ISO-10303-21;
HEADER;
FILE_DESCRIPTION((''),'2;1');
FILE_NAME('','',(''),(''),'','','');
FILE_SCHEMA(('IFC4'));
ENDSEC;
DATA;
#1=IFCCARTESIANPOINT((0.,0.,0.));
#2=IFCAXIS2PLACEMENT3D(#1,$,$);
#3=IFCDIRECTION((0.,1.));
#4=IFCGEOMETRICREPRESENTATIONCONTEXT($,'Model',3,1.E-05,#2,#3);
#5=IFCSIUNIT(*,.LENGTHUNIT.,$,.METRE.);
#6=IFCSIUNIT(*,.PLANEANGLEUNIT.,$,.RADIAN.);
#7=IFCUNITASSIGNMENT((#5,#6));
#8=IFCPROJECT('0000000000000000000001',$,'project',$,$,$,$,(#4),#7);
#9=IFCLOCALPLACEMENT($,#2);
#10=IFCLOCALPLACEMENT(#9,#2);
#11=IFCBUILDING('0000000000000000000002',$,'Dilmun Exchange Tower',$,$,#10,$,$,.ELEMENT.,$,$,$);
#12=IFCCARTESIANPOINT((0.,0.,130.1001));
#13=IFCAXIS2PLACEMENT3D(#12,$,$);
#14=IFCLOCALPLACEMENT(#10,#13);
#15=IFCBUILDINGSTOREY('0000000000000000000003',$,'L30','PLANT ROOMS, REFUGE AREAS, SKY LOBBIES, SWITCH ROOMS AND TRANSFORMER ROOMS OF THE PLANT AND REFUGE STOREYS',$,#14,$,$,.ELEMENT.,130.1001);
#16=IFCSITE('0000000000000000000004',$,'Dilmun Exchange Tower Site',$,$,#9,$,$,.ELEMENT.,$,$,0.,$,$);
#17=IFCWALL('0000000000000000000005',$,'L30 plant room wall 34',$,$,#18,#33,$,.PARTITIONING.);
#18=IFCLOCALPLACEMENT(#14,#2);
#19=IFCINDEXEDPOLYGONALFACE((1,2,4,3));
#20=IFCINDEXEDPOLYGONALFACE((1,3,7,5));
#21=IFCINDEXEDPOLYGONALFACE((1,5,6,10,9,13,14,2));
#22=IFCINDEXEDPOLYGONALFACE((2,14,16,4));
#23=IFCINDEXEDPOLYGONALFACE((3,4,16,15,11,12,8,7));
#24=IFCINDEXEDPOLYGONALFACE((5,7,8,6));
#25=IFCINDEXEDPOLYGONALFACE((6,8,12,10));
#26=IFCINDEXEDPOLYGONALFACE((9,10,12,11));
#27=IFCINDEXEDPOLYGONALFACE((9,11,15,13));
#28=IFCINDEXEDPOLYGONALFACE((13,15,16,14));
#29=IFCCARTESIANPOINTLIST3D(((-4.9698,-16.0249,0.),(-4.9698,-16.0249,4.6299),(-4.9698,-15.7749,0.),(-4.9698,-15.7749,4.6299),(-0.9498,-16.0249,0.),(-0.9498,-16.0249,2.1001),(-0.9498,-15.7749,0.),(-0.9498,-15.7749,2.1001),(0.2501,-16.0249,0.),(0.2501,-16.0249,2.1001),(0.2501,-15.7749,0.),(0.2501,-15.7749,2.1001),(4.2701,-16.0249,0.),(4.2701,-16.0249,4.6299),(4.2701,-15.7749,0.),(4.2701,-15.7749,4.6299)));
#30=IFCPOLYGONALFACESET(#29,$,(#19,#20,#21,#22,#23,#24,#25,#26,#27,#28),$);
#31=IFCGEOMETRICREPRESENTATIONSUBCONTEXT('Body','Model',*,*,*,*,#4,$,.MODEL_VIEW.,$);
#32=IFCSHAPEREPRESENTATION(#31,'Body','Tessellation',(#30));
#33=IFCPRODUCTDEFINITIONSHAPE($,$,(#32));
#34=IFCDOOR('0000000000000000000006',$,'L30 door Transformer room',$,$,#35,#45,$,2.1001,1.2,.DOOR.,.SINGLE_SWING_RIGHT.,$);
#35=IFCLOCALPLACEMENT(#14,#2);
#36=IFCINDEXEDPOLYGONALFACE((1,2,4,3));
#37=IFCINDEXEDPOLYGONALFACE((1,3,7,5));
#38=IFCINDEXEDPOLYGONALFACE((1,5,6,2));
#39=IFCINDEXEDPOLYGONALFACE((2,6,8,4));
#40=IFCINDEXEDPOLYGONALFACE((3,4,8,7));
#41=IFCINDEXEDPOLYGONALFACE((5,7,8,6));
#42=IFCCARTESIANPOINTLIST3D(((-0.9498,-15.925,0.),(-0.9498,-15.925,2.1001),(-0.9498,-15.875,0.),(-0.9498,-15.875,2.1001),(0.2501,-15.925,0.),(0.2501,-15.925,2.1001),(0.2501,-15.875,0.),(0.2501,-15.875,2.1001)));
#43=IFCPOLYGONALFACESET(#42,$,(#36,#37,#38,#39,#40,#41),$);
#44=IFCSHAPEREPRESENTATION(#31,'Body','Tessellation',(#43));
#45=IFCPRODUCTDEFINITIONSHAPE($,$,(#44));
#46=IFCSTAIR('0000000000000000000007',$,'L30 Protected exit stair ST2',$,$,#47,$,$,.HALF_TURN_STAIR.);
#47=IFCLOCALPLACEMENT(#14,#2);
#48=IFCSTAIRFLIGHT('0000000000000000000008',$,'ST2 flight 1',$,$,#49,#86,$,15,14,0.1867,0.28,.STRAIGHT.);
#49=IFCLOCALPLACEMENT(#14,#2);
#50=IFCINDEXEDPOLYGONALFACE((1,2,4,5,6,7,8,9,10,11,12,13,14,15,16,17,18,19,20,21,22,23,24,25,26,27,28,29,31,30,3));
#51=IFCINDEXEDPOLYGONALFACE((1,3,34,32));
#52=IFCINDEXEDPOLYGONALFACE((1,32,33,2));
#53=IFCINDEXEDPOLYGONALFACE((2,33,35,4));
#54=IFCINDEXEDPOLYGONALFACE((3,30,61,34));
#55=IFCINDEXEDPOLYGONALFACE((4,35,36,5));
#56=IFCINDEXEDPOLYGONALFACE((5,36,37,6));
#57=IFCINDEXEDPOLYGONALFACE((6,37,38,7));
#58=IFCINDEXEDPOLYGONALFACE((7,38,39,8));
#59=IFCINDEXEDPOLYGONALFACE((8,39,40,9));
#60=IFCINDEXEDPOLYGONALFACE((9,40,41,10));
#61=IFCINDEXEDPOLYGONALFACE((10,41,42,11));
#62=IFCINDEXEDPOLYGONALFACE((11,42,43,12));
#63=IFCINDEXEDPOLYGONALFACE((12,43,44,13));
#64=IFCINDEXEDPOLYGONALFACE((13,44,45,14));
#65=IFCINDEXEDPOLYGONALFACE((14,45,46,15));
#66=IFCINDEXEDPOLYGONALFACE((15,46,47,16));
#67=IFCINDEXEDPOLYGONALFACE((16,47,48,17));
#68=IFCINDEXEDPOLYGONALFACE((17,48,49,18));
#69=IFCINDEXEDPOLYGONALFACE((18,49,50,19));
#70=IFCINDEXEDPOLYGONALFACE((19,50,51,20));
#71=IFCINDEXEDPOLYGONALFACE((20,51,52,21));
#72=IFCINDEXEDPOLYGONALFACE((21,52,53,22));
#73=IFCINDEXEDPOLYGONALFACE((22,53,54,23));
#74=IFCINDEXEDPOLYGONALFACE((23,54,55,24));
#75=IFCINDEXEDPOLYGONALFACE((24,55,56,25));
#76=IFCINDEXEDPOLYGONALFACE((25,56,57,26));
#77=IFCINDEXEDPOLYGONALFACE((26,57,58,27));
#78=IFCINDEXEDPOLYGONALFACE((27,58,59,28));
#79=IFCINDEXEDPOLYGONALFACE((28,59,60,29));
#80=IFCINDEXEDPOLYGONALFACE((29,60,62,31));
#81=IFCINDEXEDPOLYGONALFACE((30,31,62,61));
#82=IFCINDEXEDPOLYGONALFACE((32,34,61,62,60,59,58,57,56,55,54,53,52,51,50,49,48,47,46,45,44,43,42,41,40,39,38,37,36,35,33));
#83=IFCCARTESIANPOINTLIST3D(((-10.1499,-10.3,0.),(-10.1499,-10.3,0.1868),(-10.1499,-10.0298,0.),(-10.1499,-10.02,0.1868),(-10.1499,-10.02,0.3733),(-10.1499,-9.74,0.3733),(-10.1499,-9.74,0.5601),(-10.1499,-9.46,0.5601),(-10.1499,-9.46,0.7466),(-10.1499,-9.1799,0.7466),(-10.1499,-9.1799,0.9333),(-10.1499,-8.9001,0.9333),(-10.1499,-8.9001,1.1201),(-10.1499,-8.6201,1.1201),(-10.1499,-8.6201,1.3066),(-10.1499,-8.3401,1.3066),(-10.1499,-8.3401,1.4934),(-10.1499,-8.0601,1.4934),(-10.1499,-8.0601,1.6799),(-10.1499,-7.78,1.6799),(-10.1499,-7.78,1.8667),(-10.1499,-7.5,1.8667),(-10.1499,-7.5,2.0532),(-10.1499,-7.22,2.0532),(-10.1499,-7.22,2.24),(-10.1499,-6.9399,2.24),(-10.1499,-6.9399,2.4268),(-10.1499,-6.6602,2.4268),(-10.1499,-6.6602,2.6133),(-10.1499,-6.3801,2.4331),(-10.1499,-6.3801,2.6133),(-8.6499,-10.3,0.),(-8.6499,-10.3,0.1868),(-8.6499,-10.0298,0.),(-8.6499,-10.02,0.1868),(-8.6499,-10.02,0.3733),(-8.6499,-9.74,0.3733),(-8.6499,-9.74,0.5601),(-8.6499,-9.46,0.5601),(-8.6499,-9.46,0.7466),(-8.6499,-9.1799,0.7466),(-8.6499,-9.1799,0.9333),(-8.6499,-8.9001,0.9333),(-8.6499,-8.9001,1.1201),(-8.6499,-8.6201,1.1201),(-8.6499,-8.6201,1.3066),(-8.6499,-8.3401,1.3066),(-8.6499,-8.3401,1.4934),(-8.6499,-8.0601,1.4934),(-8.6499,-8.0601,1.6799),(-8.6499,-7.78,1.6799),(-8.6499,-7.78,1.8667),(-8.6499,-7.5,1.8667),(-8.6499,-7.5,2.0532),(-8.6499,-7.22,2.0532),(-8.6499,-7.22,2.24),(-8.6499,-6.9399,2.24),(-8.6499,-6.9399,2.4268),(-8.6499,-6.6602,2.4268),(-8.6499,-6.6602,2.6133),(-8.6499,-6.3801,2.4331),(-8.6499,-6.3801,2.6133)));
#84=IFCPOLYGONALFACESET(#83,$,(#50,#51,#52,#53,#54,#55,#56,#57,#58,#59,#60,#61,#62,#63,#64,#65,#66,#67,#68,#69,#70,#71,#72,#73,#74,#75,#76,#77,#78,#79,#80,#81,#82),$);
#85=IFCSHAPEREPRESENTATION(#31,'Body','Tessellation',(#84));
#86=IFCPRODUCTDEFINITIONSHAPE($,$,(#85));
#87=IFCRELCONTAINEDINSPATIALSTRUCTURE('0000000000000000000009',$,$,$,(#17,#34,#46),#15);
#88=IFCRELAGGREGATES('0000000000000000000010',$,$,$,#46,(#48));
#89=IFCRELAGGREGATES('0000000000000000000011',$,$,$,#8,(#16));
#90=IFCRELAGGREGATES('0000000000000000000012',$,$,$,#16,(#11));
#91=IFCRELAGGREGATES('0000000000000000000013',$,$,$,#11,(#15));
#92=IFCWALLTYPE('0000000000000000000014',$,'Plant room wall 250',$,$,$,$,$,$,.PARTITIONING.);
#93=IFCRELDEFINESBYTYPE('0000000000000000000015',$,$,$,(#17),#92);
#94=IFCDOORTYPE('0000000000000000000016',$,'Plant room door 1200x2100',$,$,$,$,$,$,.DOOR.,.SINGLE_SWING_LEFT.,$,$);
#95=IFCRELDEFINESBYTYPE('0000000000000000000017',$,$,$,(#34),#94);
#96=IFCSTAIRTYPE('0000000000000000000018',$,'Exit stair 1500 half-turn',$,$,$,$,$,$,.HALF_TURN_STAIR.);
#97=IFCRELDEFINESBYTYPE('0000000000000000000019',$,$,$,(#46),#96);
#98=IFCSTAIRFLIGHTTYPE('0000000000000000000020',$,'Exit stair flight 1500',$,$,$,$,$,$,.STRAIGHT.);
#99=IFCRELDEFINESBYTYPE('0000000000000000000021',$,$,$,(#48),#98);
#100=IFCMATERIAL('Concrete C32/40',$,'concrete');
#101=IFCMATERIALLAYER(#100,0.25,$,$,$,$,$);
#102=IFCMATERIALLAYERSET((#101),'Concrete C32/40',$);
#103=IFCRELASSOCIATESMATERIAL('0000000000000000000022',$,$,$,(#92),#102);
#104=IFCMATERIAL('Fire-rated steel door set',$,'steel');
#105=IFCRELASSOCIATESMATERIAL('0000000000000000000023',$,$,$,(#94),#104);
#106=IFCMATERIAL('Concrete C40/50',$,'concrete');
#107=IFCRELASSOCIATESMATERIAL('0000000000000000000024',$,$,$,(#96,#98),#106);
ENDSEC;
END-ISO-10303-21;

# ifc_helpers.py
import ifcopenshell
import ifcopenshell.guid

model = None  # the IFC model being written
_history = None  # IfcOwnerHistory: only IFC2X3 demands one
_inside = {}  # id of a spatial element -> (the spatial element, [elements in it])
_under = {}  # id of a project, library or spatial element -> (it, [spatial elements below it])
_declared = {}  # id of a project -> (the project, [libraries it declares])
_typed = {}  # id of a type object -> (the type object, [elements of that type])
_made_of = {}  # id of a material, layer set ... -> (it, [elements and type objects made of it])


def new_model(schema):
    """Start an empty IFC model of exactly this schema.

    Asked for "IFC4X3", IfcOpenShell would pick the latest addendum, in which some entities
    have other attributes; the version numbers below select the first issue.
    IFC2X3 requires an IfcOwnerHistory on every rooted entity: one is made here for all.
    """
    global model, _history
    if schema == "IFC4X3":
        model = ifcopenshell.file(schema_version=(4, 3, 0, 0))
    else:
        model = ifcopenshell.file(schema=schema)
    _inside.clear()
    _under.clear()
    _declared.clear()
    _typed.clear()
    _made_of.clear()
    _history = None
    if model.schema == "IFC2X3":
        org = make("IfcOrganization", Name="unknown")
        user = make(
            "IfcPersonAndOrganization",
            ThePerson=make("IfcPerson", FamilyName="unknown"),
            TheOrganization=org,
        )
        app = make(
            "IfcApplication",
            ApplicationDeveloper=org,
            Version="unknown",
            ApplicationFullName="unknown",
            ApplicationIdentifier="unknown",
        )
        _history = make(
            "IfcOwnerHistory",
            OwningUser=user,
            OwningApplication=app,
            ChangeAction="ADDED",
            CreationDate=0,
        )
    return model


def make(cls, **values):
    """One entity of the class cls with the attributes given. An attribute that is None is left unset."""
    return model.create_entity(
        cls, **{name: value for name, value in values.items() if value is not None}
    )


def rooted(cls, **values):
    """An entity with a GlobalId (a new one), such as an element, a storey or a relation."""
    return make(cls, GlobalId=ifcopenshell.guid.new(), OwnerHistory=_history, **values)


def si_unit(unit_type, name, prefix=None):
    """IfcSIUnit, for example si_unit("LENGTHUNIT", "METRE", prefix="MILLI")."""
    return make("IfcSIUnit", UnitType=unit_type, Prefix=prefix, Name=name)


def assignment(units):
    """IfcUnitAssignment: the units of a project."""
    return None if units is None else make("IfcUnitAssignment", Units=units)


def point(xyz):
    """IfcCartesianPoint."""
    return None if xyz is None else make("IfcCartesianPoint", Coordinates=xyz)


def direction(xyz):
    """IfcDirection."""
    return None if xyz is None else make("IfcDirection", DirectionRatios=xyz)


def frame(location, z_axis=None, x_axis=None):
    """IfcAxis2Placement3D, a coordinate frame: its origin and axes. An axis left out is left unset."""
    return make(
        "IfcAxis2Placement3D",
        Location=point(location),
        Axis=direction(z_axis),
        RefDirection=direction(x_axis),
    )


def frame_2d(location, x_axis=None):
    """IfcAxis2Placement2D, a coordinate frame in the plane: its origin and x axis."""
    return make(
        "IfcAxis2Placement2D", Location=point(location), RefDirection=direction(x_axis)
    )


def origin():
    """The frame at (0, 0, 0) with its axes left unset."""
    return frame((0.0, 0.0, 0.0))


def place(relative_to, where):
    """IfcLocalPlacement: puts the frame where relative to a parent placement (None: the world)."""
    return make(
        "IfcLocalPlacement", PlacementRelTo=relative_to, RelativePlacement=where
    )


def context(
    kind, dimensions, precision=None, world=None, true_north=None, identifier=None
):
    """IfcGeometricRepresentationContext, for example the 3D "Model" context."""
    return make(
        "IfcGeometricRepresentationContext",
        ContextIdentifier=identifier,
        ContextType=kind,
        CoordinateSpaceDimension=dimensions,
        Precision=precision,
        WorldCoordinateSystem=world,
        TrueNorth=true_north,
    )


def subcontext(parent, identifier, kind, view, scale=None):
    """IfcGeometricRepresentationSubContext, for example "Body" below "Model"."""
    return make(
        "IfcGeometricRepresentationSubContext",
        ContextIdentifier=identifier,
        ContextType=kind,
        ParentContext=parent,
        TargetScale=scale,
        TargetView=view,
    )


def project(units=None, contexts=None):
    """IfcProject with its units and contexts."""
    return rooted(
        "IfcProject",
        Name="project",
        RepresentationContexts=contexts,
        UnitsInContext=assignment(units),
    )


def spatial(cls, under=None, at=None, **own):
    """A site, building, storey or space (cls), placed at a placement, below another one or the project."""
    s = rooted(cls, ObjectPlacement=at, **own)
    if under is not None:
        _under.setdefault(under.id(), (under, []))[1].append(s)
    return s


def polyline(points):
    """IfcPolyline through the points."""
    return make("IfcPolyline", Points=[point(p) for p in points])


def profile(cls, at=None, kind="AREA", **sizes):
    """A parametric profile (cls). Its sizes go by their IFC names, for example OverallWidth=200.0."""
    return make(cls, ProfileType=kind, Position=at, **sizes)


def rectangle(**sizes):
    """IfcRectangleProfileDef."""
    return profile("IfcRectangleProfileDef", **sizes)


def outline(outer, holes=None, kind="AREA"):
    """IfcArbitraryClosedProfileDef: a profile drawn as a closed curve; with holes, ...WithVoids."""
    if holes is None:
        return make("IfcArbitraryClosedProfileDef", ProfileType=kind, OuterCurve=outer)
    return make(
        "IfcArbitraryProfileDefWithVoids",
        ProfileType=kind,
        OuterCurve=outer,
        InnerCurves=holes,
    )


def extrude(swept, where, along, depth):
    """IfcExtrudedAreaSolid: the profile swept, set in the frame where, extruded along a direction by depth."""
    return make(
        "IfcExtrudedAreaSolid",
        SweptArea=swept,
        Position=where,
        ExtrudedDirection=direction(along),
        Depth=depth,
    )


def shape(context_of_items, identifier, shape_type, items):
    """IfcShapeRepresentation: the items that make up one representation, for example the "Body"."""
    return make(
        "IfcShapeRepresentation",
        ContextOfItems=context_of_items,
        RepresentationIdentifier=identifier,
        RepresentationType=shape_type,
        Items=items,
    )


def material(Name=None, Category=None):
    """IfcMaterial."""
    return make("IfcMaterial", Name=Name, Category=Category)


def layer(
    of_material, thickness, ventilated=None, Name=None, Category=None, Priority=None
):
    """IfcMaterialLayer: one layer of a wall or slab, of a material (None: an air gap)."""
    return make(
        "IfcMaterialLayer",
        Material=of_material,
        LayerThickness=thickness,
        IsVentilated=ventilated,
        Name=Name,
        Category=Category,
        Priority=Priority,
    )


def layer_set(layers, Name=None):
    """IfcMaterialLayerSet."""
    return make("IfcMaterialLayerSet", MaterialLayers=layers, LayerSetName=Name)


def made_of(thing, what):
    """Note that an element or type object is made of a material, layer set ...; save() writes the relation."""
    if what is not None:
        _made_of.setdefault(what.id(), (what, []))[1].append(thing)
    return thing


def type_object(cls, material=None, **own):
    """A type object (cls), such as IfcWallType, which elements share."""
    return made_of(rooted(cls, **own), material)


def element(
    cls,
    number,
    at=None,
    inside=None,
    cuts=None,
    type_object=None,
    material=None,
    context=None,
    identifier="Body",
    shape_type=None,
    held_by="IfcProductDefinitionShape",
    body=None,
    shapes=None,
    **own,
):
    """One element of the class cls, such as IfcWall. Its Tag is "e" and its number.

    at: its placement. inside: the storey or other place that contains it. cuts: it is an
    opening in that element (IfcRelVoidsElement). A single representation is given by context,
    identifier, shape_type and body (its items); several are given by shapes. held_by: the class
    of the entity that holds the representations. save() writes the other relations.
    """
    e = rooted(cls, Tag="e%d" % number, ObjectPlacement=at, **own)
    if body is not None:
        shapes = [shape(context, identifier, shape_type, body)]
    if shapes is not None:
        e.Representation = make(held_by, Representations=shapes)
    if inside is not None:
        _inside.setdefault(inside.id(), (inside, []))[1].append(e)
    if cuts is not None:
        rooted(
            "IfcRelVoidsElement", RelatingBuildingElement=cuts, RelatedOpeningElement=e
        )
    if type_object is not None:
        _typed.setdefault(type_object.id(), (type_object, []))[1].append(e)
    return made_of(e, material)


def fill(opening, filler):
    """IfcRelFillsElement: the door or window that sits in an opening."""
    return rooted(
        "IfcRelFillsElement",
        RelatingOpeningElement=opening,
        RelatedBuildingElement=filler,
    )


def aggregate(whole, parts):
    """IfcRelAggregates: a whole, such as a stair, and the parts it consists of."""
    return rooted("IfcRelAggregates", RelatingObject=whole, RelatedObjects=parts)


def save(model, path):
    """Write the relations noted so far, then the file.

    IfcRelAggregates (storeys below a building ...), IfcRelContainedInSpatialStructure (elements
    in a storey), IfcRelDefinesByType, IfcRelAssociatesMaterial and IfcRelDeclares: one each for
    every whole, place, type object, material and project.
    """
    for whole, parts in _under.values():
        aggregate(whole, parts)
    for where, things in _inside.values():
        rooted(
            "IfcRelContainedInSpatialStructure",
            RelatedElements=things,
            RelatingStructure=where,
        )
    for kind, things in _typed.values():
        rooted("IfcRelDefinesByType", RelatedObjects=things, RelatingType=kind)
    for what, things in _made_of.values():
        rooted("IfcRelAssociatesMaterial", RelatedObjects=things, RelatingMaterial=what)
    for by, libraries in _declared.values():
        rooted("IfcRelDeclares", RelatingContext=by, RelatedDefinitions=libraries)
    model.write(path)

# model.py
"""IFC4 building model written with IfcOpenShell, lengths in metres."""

from ifc_helpers import new_model, si_unit, direction, frame, frame_2d, origin, place, context, subcontext, project, spatial, polyline, rectangle, outline, extrude, material, layer, layer_set, type_object, element, fill, aggregate, save


model = new_model("IFC4")

# Units and contexts
model_context = context("Model", 3, precision=1e-05, world=origin(), true_north=direction((0.0, 1.0)))
body_context = subcontext(model_context, "Body", "Model", "MODEL_VIEW")
ifc_project = project(units=[si_unit("LENGTHUNIT", "METRE"), si_unit("PLANEANGLEUNIT", "RADIAN")], contexts=[model_context])

# Site, building, storey
site_placement = place(None, origin())
site = spatial("IfcSite", under=ifc_project, at=site_placement, Name="Dilmun Exchange Tower Site", CompositionType="ELEMENT", RefElevation=0.0)
building_placement = place(site_placement, origin())
building = spatial("IfcBuilding", under=site, at=building_placement, Name="Dilmun Exchange Tower", CompositionType="ELEMENT")
storey_placement = place(building_placement, frame((0.0, 0.0, 130.1001)))
storey = spatial("IfcBuildingStorey", under=building, at=storey_placement, Name="L30", Description="PLANT ROOMS, REFUGE AREAS, SKY LOBBIES, SWITCH ROOMS AND TRANSFORMER ROOMS OF THE PLANT AND REFUGE STOREYS", CompositionType="ELEMENT", Elevation=130.1001)

# Shared definitions
ifc_material_1 = material(Name="Concrete C40/50", Category="concrete")
ifc_material_2 = material(Name="Fire-rated steel door set", Category="steel")

# Shared definitions
ifc_material_3 = material(Name="Concrete C32/40", Category="concrete")
ifc_layer_1 = layer(ifc_material_3, 0.25)
ifc_layer_set_1 = layer_set([ifc_layer_1], Name="Concrete C32/40")
wall_type_1 = type_object("IfcWallType", Name="Plant room wall 250", PredefinedType="PARTITIONING", material=ifc_layer_set_1)

# Wall, opening, door
door_type_1 = type_object("IfcDoorType", Name="Plant room door 1200x2100", OperationType="SINGLE_SWING_LEFT", PredefinedType="DOOR", material=ifc_material_2)
wall_1_placement = place(storey_placement, frame((-4.97, -15.8999, 0.0), z_axis=(0.0, 0.0, 1.0), x_axis=(1.0, 0.0, 0.0)))
wall_1 = element("IfcWall", 1, at=wall_1_placement, inside=storey, type_object=wall_type_1, Name="L30 plant room wall 34", PredefinedType="PARTITIONING", context=body_context, shape_type="SweptSolid", body=[
    extrude(rectangle(XDim=9.24, YDim=0.25, at=frame_2d((4.6201, 0.0))), origin(), (0.0, 0.0, 1.0), 4.6299),
])
opening_1_placement = place(wall_1_placement, frame((4.02, 0.0, 0.0)))
opening_1 = element("IfcOpeningElement", 2, at=opening_1_placement, cuts=wall_1, PredefinedType="OPENING", context=body_context, shape_type="SweptSolid", body=[
    extrude(rectangle(XDim=1.2, YDim=2.1001, at=frame_2d((0.6001, 1.05))), frame((0.0, 0.135, 0.0), z_axis=(0.0, -1.0, 0.0), x_axis=(1.0, 0.0, 0.0)), (0.0, 0.0, 1.0), 0.27),
])
door_1_placement = place(opening_1_placement, origin())
door_1 = element("IfcDoor", 3, at=door_1_placement, inside=storey, type_object=door_type_1, Name="L30 door Transformer room", OperationType="SINGLE_SWING_RIGHT", OverallHeight=2.1001, OverallWidth=1.2, PredefinedType="DOOR", context=body_context, shape_type="SweptSolid", body=[
    extrude(rectangle(XDim=1.2, YDim=2.1001, at=frame_2d((0.6001, 1.05))), frame((0.0, 0.0249, 0.0), z_axis=(0.0, -1.0, 0.0), x_axis=(1.0, 0.0, 0.0)), (0.0, 0.0, 1.0), 0.05),
])
fill(opening_1, door_1)

# Stair, stair flight
stair_type = type_object("IfcStairType", Name="Exit stair 1500 half-turn", PredefinedType="HALF_TURN_STAIR", material=ifc_material_1)
stair_placement = place(storey_placement, origin())
stair = element("IfcStair", 4, at=stair_placement, inside=storey, type_object=stair_type, Name="L30 Protected exit stair ST2", PredefinedType="HALF_TURN_STAIR")
stair_flight_type = type_object("IfcStairFlightType", Name="Exit stair flight 1500", PredefinedType="STRAIGHT", material=ifc_material_1)
stair_flight_placement = place(storey_placement, frame((-9.3999, -10.3, 0.0), z_axis=(0.0, 0.0, 1.0), x_axis=(0.0, 1.0, 0.0)))
stair_flight = element("IfcStairFlight", 5, at=stair_flight_placement, type_object=stair_flight_type, Name="ST2 flight 1", NumberOfRisers=15, NumberOfTreads=14, PredefinedType="STRAIGHT", RiserHeight=0.1867, TreadLength=0.28, context=body_context, shape_type="SweptSolid", body=[
    extrude(outline(polyline([(0.0, 0.0), (0.0, 0.1868), (0.28, 0.1868), (0.28, 0.3733), (0.5601, 0.3733), (0.5601, 0.5601), (0.8401, 0.5601), (0.8401, 0.7466), (1.1201, 0.7466), (1.1201, 0.9333), (1.3999, 0.9333), (1.3999, 1.1201), (1.6799, 1.1201), (1.6799, 1.3066), (1.96, 1.3066), (1.96, 1.4934), (2.24, 1.4934), (2.24, 1.6799), (2.52, 1.6799), (2.52, 1.8667), (2.8, 1.8667), (2.8, 2.0532), (3.0801, 2.0532), (3.0801, 2.24), (3.3601, 2.24), (3.3601, 2.4268), (3.6399, 2.4268), (3.6399, 2.6133), (3.9199, 2.6133), (3.9199, 2.8), (3.9199, 2.4331), (0.2703, 0.0), (0.0, 0.0)])), frame((0.0, 0.75, 0.0), z_axis=(0.0, -1.0, 0.0), x_axis=(1.0, 0.0, 0.0)), (0.0, 0.0, 1.0), 1.5),
])
aggregate(stair, [stair_flight])

save(model, "model.ifc")
